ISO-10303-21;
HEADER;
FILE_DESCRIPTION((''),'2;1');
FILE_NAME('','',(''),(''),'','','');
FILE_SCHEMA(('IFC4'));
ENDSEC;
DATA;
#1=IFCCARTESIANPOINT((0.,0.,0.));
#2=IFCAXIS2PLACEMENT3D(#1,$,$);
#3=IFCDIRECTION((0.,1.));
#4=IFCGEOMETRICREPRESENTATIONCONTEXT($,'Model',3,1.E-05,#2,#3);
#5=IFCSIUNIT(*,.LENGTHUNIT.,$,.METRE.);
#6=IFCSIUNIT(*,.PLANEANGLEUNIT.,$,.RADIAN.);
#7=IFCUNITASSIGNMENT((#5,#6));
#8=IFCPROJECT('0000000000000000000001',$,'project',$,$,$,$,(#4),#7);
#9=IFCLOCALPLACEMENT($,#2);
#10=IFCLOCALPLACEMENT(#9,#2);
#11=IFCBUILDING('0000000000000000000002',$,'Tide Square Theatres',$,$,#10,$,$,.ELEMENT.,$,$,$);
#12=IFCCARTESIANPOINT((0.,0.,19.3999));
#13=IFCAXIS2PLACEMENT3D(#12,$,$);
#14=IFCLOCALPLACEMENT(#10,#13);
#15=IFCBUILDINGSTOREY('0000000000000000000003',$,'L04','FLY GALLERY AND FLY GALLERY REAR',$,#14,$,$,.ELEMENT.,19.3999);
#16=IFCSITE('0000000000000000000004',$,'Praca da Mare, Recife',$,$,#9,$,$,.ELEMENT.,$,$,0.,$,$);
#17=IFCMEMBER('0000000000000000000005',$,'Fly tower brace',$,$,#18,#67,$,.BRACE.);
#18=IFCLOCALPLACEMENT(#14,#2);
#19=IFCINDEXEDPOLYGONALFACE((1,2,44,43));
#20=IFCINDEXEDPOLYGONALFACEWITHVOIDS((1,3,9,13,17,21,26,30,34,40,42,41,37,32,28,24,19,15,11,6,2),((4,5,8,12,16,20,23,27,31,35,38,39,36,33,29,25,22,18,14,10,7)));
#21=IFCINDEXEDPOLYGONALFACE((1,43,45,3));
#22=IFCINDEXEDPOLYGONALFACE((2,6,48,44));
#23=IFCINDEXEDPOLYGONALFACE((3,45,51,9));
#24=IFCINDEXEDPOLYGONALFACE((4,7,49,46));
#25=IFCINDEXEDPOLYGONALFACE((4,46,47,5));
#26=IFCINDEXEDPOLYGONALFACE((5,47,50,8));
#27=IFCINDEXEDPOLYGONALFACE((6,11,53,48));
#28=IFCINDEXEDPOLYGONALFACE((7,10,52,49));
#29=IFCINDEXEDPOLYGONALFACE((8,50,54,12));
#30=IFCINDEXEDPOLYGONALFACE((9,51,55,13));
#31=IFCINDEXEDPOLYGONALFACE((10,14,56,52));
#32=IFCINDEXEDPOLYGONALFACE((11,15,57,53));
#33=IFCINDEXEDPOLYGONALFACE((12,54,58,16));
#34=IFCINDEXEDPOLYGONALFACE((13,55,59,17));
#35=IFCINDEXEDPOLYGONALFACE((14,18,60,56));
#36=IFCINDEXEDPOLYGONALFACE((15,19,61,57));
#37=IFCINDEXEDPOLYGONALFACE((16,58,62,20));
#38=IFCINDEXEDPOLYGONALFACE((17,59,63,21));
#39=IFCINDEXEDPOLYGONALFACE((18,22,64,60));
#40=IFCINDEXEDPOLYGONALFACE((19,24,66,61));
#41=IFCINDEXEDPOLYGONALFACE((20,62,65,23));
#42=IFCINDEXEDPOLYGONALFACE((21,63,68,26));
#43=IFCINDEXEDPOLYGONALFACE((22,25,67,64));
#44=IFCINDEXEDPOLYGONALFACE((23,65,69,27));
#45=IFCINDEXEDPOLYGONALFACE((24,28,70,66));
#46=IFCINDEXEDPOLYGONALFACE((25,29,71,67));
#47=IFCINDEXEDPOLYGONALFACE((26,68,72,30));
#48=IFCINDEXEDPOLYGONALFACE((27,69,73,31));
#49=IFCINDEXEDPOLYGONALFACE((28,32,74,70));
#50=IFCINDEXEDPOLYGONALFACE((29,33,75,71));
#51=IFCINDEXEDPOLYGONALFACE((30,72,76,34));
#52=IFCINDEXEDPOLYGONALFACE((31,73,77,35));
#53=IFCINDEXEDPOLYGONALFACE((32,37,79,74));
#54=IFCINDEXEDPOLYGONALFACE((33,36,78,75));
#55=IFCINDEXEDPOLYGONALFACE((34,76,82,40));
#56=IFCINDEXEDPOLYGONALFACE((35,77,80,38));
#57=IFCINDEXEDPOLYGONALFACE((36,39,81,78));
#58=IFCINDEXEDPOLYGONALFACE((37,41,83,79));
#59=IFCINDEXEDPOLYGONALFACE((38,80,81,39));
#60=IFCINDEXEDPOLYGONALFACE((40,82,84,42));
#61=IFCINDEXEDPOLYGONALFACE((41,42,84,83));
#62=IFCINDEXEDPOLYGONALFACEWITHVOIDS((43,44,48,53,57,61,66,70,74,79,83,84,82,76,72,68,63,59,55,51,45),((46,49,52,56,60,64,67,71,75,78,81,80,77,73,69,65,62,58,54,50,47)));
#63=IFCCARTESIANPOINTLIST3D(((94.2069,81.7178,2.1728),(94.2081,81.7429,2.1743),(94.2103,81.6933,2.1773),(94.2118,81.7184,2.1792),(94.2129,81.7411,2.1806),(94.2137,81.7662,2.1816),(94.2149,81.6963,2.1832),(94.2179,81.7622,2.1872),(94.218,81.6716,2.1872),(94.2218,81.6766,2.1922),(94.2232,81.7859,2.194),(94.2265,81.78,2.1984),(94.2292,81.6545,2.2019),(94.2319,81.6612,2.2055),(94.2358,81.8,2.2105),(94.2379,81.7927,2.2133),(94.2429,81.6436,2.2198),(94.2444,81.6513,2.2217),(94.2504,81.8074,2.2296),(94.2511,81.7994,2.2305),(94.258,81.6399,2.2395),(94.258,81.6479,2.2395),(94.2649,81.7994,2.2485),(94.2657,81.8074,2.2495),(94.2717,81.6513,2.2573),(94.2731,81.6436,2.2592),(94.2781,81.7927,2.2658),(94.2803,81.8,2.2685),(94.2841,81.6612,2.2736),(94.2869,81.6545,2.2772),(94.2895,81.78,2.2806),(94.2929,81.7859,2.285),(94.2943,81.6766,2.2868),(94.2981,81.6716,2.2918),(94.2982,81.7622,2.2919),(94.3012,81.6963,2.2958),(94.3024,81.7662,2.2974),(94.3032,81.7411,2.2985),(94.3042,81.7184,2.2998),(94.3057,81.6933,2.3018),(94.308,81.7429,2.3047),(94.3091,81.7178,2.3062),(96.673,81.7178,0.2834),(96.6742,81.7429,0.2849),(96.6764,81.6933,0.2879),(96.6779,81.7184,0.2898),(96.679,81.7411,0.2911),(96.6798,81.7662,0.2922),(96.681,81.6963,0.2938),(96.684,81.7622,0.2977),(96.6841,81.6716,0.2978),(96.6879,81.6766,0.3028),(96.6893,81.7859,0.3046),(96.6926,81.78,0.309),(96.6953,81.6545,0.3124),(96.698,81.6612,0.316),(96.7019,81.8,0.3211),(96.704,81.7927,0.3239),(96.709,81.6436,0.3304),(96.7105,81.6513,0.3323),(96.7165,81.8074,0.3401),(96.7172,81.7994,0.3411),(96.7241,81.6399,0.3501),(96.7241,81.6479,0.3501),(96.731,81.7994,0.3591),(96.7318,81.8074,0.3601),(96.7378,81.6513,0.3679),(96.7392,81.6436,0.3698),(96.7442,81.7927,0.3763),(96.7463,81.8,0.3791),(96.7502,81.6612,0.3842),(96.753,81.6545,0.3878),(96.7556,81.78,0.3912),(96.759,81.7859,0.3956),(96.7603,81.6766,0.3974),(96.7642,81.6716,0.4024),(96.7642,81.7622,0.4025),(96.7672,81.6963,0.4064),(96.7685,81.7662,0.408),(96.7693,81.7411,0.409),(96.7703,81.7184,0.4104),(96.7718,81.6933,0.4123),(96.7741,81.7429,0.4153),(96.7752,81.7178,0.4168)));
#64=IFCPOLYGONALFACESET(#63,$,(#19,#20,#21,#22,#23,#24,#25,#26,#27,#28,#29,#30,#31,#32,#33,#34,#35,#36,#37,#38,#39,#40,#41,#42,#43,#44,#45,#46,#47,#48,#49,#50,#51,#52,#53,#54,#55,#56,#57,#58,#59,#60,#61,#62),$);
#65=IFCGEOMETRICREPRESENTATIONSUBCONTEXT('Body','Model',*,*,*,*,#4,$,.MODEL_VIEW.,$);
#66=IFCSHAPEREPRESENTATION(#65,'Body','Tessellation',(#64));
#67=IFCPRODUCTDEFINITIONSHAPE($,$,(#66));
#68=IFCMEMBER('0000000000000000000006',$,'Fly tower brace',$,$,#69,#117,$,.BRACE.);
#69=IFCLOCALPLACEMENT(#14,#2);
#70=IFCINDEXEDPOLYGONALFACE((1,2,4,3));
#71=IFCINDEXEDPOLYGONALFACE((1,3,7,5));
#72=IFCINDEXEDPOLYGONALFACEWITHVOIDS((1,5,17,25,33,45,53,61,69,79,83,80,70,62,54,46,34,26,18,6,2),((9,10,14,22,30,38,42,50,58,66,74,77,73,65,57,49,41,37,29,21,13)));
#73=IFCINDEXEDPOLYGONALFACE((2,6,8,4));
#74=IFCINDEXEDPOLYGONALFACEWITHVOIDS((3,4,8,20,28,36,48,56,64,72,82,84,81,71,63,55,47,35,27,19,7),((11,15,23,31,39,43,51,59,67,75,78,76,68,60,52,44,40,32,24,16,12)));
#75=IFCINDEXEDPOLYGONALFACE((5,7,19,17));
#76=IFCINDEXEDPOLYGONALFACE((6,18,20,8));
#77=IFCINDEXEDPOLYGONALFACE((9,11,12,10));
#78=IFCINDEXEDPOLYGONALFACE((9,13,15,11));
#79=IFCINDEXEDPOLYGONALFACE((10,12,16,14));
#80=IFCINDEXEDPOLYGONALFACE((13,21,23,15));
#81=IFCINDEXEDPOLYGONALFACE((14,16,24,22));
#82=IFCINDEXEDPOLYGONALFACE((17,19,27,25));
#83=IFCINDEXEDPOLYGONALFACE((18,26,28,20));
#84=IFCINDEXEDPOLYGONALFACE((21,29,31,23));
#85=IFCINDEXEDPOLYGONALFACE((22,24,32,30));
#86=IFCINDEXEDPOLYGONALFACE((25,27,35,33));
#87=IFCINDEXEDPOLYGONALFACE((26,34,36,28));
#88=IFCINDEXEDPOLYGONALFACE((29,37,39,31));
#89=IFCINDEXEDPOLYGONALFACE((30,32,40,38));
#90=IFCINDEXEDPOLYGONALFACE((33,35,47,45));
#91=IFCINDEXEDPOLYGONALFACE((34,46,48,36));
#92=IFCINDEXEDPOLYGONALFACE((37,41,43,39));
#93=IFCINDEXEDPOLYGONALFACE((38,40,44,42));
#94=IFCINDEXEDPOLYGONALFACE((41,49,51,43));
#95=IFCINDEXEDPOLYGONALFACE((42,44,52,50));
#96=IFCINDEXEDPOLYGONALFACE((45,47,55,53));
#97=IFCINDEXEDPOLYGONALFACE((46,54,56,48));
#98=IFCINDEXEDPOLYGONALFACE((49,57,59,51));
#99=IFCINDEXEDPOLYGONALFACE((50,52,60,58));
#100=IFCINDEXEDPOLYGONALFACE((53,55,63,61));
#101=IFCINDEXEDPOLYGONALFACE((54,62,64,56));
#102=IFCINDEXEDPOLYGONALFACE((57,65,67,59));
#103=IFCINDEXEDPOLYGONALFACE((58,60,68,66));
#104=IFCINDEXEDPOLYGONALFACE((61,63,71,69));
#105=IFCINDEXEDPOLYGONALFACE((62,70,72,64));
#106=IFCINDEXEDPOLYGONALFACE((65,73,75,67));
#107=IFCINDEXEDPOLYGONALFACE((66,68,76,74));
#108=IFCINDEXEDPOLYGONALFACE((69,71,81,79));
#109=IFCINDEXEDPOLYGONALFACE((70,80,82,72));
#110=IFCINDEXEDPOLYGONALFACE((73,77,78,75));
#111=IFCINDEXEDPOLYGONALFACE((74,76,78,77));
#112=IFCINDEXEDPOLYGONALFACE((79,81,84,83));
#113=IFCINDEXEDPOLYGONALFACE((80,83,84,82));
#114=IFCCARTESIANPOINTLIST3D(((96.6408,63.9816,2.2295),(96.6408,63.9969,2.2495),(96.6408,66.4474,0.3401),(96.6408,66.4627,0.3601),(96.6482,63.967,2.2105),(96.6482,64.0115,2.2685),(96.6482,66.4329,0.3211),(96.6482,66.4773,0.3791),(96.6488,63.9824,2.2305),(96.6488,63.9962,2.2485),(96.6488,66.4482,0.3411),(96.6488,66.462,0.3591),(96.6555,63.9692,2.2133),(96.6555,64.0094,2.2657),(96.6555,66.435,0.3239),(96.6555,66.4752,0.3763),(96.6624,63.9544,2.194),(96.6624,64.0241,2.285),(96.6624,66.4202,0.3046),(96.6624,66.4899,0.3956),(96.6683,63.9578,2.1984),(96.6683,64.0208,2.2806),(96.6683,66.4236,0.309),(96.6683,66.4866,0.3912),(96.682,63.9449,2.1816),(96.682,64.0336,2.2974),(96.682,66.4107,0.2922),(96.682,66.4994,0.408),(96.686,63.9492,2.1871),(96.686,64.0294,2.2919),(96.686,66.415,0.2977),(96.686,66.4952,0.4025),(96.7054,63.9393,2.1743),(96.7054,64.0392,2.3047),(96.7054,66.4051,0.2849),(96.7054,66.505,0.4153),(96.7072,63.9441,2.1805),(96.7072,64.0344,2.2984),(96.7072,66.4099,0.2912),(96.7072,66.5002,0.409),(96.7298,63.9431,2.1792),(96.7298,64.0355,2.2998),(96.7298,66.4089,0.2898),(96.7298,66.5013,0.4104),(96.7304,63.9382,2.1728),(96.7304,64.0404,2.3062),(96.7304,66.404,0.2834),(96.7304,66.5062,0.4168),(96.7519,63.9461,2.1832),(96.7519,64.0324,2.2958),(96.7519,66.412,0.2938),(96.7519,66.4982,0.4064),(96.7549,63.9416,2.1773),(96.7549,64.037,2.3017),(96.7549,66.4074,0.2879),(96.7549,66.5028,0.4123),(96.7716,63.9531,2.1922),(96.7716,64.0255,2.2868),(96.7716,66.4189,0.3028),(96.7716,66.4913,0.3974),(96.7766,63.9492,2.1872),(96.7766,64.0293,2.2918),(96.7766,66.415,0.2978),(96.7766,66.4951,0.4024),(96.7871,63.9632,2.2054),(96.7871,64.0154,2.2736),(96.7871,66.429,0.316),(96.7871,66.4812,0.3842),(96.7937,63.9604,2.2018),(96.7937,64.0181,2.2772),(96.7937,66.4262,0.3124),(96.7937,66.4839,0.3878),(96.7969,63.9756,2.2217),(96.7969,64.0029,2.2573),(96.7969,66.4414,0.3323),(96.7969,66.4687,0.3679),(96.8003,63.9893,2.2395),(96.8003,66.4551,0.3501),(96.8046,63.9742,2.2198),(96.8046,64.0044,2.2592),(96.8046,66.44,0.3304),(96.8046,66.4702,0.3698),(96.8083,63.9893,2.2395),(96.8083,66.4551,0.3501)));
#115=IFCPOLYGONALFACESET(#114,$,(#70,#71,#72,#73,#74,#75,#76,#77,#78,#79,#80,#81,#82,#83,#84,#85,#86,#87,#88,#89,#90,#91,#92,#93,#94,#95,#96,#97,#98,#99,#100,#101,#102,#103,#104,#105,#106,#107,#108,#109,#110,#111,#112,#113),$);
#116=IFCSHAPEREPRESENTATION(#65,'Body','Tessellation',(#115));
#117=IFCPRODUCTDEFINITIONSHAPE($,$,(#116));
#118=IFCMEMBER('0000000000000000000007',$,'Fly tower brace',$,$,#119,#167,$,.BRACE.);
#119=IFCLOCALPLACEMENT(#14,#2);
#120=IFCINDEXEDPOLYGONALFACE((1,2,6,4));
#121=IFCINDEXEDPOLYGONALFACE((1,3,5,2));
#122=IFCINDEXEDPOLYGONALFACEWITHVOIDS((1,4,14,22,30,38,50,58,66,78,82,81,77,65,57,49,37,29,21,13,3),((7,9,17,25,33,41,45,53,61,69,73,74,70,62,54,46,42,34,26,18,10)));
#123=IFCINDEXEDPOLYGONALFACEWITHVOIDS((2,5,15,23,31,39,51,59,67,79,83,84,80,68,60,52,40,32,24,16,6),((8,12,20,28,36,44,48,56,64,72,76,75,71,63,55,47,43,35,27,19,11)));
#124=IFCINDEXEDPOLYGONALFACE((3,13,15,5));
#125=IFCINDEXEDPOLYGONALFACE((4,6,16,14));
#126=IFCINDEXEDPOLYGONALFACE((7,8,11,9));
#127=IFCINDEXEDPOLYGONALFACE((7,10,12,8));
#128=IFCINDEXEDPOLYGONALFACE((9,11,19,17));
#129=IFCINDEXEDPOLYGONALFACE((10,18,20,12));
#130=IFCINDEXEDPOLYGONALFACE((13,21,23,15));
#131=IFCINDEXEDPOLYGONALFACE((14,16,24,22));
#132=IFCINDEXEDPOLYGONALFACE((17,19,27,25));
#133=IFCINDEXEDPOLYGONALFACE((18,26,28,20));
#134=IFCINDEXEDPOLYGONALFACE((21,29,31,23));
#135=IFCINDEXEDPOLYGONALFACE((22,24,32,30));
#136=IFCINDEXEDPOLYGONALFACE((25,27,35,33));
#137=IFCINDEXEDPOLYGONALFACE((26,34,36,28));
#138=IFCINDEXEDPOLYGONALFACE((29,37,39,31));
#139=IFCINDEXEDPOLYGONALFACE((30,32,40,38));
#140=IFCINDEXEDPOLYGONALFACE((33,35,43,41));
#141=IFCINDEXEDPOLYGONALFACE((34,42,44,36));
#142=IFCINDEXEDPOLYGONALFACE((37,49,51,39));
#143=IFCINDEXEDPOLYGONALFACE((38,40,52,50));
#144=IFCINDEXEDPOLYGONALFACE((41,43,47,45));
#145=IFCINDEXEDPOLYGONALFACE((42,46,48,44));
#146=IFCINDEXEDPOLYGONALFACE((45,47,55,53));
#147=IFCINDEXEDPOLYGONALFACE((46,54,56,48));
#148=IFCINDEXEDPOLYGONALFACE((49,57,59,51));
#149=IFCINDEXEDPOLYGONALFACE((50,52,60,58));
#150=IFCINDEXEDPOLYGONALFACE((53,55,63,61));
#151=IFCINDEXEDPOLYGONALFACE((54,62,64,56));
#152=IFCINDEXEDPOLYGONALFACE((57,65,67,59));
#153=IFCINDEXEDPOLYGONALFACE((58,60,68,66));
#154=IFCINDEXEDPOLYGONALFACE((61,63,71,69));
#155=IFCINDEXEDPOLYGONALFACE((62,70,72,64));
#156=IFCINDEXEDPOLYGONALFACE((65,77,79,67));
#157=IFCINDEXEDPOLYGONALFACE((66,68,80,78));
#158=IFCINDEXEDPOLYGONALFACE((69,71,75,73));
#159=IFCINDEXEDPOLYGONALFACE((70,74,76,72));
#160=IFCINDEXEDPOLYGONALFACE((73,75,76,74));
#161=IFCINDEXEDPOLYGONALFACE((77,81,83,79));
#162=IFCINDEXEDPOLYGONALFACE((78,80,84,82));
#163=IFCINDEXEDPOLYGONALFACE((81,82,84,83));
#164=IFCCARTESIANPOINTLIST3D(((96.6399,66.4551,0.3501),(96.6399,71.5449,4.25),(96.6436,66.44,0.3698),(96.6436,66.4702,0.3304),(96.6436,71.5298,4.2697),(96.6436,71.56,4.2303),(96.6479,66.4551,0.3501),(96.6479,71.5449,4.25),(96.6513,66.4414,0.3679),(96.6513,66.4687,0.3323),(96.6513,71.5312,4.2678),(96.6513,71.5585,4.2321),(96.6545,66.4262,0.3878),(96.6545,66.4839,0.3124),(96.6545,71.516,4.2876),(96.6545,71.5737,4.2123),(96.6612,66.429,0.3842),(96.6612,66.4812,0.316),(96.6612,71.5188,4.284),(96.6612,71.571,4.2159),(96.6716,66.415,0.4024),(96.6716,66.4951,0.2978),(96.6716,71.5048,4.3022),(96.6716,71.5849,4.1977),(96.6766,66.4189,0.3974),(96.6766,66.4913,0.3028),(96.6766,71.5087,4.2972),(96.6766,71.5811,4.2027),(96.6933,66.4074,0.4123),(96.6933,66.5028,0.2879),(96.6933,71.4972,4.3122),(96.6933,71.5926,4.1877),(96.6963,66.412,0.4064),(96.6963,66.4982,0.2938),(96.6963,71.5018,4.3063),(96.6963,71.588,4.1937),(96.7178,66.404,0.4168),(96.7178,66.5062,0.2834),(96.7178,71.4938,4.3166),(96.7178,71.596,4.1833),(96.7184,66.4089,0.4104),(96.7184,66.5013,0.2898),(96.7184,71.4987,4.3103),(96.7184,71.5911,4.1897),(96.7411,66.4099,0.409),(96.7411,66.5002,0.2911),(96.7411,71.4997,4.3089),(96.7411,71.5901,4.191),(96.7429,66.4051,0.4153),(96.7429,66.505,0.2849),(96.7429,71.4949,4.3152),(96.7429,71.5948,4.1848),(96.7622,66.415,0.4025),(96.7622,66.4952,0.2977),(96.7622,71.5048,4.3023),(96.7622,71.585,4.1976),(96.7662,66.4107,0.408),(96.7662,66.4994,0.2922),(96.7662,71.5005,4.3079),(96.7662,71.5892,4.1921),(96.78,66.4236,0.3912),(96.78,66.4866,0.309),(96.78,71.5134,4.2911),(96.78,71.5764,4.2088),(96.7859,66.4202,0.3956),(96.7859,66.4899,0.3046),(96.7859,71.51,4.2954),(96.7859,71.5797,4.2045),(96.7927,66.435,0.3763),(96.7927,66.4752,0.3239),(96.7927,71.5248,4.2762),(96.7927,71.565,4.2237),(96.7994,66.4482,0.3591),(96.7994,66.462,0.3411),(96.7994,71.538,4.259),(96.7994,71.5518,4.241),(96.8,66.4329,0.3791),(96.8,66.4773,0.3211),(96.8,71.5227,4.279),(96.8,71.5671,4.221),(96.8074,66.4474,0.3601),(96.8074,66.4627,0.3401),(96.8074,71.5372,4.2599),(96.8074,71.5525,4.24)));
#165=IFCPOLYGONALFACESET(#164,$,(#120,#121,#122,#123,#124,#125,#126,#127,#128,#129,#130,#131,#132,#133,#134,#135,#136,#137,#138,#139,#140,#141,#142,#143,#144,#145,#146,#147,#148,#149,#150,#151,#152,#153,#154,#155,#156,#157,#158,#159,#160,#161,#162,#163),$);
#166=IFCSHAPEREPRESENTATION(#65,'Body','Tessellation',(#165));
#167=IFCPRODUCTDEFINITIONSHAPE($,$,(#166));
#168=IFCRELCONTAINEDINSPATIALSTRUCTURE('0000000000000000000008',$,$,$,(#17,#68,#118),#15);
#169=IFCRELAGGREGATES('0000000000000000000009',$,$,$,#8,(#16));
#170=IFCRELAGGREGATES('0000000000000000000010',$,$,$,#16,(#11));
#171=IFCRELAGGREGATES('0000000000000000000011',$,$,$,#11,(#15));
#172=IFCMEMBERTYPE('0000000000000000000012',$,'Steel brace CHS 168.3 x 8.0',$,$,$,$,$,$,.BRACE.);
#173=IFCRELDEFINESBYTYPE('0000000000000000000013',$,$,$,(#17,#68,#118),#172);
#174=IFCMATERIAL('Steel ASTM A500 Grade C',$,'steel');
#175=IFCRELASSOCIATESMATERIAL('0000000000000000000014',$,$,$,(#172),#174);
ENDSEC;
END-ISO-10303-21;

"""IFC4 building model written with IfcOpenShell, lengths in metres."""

from ifc_helpers import new_model, si_unit, direction, frame, origin, origin_2d, place, context, subcontext, project, spatial, hollow_circle, extrude, material, material_profile, profile_set, type_object, element, save


model = new_model("IFC4")

# Units and contexts
model_context = context("Model", 3, precision=1e-05, world=origin(), true_north=direction((0.0, 1.0)))
body_context = subcontext(model_context, "Body", "Model", "MODEL_VIEW")
ifc_project = project(units=[si_unit("LENGTHUNIT", "METRE"), si_unit("PLANEANGLEUNIT", "RADIAN")], contexts=[model_context])

# Site, building, storey
site_placement = place(None, origin())
site = spatial("IfcSite", under=ifc_project, at=site_placement, Name="Praca da Mare, Recife", CompositionType="ELEMENT", RefElevation=0.0)
building_placement = place(site_placement, origin())
building = spatial("IfcBuilding", under=site, at=building_placement, Name="Tide Square Theatres", CompositionType="ELEMENT")
storey_placement = place(building_placement, frame((0.0, 0.0, 19.3999)))
storey = spatial("IfcBuildingStorey", under=building, at=storey_placement, Name="L04", Description="FLY GALLERY AND FLY GALLERY REAR", CompositionType="ELEMENT", Elevation=19.3999)

# Members
ifc_material_1 = material(Name="Steel ASTM A500 Grade C", Category="steel")
ifc_material_profile_1 = material_profile(ifc_material_1, hollow_circle(Radius=0.0842, WallThickness=0.0081, at=origin_2d()))
ifc_profile_set_1 = profile_set([ifc_material_profile_1], Name="Steel ASTM A500 Grade C")
member_type = type_object("IfcMemberType", Name="Steel brace CHS 168.3 x 8.0", PredefinedType="BRACE", material=ifc_profile_set_1)
member_1_placement = place(storey_placement, frame((96.7241, 81.7241, 0.3501), z_axis=(-0.7938, 0.0, 0.608179), x_axis=(0.0, -1.0, 0.0)))
element("IfcMember", 1, at=member_1_placement, inside=storey, type_object=member_type, Name="Fly tower brace", PredefinedType="BRACE", context=body_context, shape_type="SweptSolid", body=[
    extrude(hollow_circle(Radius=0.0842, WallThickness=0.0081, at=origin_2d()), origin(), (0.0, 0.0, 1.0), 3.1067),
])
member_2_placement = place(storey_placement, frame((96.7241, 66.4551, 0.3501), z_axis=(0.0, -0.793771, 0.608217), x_axis=(1.0, 0.0, 0.0)))
element("IfcMember", 2, at=member_2_placement, inside=storey, type_object=member_type, Name="Fly tower brace", PredefinedType="BRACE", context=body_context, shape_type="SweptSolid", body=[
    extrude(hollow_circle(Radius=0.0842, WallThickness=0.0081, at=origin_2d()), origin(), (0.0, 0.0, 1.0), 3.1064),
])
member_3_placement = place(storey_placement, frame((96.7241, 66.4551, 0.3501), z_axis=(0.0, 0.79378, 0.608205), x_axis=(-1.0, 0.0, 0.0)))
element("IfcMember", 3, at=member_3_placement, inside=storey, type_object=member_type, Name="Fly tower brace", PredefinedType="BRACE", context=body_context, shape_type="SweptSolid", body=[
    extrude(hollow_circle(Radius=0.0842, WallThickness=0.0081, at=origin_2d()), origin(), (0.0, 0.0, 1.0), 6.4121),
])

save(model, "model.ifc")
